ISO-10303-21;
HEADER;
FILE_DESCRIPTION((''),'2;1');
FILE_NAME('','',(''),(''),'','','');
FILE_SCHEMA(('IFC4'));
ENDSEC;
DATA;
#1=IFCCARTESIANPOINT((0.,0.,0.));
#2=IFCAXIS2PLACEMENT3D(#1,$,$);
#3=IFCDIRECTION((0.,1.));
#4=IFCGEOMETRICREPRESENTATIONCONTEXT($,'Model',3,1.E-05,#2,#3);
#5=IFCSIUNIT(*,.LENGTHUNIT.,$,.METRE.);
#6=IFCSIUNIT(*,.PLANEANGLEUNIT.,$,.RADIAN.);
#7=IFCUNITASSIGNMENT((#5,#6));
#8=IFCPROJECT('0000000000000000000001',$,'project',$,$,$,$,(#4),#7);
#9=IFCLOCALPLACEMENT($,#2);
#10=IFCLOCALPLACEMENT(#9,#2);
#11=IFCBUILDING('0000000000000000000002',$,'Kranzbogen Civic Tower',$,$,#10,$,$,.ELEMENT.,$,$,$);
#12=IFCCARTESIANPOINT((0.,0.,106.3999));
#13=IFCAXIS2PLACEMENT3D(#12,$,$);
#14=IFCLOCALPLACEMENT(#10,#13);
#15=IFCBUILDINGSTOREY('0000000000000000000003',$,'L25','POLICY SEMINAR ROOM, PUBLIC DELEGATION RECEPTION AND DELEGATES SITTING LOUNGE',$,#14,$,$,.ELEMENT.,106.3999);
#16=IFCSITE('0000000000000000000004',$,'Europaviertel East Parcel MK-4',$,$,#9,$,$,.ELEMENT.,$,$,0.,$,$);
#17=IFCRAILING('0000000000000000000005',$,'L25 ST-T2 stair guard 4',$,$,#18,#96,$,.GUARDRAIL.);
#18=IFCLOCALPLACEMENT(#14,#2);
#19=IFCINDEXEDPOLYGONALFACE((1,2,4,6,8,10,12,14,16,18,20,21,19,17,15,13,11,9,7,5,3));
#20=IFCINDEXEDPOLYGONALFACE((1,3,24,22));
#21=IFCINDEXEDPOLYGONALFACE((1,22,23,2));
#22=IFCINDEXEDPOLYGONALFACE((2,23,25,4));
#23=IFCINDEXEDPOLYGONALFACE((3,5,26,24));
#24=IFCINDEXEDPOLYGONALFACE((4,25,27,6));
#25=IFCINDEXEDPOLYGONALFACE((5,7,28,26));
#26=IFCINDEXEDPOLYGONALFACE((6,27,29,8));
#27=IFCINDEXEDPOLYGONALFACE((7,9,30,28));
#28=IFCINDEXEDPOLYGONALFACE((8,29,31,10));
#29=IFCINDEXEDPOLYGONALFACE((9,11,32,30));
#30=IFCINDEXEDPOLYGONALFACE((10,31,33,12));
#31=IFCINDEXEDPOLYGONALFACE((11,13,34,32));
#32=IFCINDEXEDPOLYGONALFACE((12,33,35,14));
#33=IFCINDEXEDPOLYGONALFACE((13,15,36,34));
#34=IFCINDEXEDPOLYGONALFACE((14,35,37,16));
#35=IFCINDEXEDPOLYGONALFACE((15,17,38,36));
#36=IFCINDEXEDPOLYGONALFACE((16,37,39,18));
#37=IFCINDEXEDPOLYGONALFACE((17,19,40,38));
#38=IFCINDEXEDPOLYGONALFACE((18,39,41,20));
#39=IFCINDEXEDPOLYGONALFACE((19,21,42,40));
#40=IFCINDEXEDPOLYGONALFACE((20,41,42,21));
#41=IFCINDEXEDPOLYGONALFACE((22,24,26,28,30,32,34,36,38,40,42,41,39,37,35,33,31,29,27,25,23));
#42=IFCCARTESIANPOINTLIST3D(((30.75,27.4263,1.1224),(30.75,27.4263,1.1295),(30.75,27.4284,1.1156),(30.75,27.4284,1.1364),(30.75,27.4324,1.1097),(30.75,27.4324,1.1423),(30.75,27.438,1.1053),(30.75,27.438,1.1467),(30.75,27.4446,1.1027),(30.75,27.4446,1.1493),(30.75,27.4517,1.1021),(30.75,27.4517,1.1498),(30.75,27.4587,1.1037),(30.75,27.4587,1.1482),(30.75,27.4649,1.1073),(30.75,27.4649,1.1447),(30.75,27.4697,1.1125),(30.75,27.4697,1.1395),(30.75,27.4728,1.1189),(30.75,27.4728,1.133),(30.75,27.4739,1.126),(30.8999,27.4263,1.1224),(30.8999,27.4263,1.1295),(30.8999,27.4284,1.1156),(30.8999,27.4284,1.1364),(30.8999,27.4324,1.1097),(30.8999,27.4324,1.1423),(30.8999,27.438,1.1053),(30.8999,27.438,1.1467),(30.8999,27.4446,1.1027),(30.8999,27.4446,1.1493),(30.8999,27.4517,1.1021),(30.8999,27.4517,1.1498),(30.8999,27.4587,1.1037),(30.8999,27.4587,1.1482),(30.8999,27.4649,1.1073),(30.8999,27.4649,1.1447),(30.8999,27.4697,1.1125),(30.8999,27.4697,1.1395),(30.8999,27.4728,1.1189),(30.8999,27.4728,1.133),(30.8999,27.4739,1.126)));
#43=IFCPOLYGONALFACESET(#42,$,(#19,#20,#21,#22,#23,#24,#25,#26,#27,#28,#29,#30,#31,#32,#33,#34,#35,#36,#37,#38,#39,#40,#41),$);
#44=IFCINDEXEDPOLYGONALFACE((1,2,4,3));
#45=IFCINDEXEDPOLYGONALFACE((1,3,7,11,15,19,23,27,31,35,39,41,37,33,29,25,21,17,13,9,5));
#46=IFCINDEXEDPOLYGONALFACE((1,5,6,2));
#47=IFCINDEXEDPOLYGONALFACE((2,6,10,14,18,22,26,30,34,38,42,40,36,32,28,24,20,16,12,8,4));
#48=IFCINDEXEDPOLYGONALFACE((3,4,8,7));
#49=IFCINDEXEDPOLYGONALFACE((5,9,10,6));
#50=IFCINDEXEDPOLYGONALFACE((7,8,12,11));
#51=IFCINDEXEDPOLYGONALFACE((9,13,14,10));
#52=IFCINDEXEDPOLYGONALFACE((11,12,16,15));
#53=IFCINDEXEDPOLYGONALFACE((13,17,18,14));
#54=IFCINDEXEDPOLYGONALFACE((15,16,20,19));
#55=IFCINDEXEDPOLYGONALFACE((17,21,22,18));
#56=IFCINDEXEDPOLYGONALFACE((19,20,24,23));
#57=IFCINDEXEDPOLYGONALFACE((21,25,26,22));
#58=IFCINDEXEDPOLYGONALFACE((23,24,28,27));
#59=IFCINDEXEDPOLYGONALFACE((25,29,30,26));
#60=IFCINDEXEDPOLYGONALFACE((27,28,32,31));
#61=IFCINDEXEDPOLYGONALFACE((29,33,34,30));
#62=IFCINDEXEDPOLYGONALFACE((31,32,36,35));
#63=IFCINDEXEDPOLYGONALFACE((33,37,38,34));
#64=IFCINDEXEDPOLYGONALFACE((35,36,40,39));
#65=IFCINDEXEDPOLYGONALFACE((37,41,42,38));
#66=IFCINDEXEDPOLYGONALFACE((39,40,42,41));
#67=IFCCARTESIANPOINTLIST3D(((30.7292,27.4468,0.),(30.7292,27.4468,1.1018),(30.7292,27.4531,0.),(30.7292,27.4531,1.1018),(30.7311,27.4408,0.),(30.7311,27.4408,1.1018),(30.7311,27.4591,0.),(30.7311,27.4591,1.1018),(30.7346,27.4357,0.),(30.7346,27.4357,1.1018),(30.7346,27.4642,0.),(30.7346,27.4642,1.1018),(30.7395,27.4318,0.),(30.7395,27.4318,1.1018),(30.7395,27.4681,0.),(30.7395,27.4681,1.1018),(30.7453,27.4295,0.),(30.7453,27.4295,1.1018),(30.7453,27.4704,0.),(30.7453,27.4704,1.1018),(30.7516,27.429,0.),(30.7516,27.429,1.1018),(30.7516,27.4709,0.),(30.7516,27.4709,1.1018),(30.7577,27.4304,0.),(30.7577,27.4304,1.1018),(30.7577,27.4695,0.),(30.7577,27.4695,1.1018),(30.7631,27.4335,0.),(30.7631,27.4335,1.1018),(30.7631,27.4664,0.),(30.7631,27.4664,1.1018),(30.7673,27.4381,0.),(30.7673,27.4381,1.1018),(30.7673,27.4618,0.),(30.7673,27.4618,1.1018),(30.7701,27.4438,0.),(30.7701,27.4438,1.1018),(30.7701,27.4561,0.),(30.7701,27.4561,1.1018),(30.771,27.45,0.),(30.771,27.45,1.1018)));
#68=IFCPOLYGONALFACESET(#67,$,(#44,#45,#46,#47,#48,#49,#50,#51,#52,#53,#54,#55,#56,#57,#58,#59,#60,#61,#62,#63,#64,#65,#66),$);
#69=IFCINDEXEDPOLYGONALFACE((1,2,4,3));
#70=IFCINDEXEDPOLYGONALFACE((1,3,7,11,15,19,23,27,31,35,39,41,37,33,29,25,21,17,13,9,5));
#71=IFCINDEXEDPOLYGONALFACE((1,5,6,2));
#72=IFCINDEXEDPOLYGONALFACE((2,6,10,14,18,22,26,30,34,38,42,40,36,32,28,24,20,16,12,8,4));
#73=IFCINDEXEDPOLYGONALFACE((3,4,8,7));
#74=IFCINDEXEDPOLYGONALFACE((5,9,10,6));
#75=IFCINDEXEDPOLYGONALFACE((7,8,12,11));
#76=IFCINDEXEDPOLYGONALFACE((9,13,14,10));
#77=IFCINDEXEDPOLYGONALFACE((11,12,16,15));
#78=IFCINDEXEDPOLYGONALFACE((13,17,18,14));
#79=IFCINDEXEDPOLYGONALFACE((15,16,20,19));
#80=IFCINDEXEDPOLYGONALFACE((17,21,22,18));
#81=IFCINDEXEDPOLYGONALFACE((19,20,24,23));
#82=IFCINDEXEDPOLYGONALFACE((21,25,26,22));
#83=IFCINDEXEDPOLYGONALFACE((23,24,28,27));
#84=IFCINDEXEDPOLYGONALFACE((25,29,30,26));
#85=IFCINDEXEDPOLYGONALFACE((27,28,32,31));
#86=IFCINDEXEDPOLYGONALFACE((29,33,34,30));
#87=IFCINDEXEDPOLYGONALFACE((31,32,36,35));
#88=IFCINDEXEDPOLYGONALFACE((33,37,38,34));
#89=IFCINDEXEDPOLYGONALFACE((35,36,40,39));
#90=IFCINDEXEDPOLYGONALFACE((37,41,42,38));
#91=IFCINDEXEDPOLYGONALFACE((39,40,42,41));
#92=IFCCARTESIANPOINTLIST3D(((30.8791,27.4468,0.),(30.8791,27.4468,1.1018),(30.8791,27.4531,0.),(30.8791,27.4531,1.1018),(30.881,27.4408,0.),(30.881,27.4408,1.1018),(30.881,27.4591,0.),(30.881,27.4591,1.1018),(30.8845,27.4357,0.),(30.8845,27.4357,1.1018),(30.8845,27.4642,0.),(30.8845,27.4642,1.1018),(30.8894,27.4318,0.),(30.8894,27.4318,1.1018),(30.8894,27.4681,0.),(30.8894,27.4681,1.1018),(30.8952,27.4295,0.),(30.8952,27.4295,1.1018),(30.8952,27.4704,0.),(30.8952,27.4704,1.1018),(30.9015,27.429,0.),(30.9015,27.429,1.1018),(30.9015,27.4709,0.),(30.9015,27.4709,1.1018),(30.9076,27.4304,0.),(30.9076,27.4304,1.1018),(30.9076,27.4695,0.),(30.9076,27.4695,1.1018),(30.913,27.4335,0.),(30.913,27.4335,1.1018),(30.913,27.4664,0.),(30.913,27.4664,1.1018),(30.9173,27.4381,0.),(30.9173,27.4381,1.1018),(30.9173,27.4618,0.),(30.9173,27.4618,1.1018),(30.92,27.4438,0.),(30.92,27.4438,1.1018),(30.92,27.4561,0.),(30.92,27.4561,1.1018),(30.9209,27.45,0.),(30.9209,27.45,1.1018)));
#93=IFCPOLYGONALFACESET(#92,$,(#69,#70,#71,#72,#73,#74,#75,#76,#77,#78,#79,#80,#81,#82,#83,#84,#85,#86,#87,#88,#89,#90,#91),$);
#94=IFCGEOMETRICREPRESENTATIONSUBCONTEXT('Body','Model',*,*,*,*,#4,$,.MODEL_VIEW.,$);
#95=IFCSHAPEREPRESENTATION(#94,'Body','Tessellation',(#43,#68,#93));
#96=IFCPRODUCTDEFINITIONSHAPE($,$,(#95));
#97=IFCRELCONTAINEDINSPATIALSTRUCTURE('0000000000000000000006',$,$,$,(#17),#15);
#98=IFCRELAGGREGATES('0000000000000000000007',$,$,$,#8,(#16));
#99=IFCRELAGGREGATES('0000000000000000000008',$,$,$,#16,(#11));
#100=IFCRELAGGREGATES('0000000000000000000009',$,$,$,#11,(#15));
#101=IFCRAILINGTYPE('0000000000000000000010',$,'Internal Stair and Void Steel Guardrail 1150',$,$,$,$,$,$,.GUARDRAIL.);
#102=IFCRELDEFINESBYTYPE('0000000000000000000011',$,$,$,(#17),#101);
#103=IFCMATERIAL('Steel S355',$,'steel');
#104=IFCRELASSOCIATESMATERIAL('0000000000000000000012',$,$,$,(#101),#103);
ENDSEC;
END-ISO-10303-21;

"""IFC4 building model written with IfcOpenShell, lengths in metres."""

from ifc_helpers import new_model, si_unit, direction, frame, origin, origin_2d, place, context, subcontext, project, spatial, circle, extrude, material, type_object, element, save


model = new_model("IFC4")

# Units and contexts
model_context = context("Model", 3, precision=1e-05, world=origin(), true_north=direction((0.0, 1.0)))
body_context = subcontext(model_context, "Body", "Model", "MODEL_VIEW")
ifc_project = project(units=[si_unit("LENGTHUNIT", "METRE"), si_unit("PLANEANGLEUNIT", "RADIAN")], contexts=[model_context])

# Site, building, storey
site_placement = place(None, origin())
site = spatial("IfcSite", under=ifc_project, at=site_placement, Name="Europaviertel East Parcel MK-4", CompositionType="ELEMENT", RefElevation=0.0)
building_placement = place(site_placement, origin())
building = spatial("IfcBuilding", under=site, at=building_placement, Name="Kranzbogen Civic Tower", CompositionType="ELEMENT")
storey_placement = place(building_placement, frame((0.0, 0.0, 106.3999)))
storey = spatial("IfcBuildingStorey", under=building, at=storey_placement, Name="L25", Description="POLICY SEMINAR ROOM, PUBLIC DELEGATION RECEPTION AND DELEGATES SITTING LOUNGE", CompositionType="ELEMENT", Elevation=106.3999)

# Shared definitions
ifc_material_1 = material(Name="Steel S355", Category="steel")

# Railing
railing_type_1 = type_object("IfcRailingType", Name="Internal Stair and Void Steel Guardrail 1150", PredefinedType="GUARDRAIL", material=ifc_material_1)
railing_1_placement = place(storey_placement, frame((30.75, 27.45, 0.0)))
element("IfcRailing", 1, at=railing_1_placement, inside=storey, type_object=railing_type_1, Name="L25 ST-T2 stair guard 4", PredefinedType="GUARDRAIL", context=body_context, shape_type="SweptSolid", body=[
    extrude(circle(Radius=0.0239, at=origin_2d()), frame((0.0, 0.0, 1.126), z_axis=(1.0, 0.0, 0.0), x_axis=(0.0, 1.0, 0.0)), (0.0, 0.0, 1.0), 0.1499),
    extrude(circle(Radius=0.021, at=origin_2d()), origin(), (0.0, 0.0, 1.0), 1.1018),
    extrude(circle(Radius=0.021, at=origin_2d()), frame((0.1499, 0.0, 0.0)), (0.0, 0.0, 1.0), 1.1018),
])

save(model, "model.ifc")
